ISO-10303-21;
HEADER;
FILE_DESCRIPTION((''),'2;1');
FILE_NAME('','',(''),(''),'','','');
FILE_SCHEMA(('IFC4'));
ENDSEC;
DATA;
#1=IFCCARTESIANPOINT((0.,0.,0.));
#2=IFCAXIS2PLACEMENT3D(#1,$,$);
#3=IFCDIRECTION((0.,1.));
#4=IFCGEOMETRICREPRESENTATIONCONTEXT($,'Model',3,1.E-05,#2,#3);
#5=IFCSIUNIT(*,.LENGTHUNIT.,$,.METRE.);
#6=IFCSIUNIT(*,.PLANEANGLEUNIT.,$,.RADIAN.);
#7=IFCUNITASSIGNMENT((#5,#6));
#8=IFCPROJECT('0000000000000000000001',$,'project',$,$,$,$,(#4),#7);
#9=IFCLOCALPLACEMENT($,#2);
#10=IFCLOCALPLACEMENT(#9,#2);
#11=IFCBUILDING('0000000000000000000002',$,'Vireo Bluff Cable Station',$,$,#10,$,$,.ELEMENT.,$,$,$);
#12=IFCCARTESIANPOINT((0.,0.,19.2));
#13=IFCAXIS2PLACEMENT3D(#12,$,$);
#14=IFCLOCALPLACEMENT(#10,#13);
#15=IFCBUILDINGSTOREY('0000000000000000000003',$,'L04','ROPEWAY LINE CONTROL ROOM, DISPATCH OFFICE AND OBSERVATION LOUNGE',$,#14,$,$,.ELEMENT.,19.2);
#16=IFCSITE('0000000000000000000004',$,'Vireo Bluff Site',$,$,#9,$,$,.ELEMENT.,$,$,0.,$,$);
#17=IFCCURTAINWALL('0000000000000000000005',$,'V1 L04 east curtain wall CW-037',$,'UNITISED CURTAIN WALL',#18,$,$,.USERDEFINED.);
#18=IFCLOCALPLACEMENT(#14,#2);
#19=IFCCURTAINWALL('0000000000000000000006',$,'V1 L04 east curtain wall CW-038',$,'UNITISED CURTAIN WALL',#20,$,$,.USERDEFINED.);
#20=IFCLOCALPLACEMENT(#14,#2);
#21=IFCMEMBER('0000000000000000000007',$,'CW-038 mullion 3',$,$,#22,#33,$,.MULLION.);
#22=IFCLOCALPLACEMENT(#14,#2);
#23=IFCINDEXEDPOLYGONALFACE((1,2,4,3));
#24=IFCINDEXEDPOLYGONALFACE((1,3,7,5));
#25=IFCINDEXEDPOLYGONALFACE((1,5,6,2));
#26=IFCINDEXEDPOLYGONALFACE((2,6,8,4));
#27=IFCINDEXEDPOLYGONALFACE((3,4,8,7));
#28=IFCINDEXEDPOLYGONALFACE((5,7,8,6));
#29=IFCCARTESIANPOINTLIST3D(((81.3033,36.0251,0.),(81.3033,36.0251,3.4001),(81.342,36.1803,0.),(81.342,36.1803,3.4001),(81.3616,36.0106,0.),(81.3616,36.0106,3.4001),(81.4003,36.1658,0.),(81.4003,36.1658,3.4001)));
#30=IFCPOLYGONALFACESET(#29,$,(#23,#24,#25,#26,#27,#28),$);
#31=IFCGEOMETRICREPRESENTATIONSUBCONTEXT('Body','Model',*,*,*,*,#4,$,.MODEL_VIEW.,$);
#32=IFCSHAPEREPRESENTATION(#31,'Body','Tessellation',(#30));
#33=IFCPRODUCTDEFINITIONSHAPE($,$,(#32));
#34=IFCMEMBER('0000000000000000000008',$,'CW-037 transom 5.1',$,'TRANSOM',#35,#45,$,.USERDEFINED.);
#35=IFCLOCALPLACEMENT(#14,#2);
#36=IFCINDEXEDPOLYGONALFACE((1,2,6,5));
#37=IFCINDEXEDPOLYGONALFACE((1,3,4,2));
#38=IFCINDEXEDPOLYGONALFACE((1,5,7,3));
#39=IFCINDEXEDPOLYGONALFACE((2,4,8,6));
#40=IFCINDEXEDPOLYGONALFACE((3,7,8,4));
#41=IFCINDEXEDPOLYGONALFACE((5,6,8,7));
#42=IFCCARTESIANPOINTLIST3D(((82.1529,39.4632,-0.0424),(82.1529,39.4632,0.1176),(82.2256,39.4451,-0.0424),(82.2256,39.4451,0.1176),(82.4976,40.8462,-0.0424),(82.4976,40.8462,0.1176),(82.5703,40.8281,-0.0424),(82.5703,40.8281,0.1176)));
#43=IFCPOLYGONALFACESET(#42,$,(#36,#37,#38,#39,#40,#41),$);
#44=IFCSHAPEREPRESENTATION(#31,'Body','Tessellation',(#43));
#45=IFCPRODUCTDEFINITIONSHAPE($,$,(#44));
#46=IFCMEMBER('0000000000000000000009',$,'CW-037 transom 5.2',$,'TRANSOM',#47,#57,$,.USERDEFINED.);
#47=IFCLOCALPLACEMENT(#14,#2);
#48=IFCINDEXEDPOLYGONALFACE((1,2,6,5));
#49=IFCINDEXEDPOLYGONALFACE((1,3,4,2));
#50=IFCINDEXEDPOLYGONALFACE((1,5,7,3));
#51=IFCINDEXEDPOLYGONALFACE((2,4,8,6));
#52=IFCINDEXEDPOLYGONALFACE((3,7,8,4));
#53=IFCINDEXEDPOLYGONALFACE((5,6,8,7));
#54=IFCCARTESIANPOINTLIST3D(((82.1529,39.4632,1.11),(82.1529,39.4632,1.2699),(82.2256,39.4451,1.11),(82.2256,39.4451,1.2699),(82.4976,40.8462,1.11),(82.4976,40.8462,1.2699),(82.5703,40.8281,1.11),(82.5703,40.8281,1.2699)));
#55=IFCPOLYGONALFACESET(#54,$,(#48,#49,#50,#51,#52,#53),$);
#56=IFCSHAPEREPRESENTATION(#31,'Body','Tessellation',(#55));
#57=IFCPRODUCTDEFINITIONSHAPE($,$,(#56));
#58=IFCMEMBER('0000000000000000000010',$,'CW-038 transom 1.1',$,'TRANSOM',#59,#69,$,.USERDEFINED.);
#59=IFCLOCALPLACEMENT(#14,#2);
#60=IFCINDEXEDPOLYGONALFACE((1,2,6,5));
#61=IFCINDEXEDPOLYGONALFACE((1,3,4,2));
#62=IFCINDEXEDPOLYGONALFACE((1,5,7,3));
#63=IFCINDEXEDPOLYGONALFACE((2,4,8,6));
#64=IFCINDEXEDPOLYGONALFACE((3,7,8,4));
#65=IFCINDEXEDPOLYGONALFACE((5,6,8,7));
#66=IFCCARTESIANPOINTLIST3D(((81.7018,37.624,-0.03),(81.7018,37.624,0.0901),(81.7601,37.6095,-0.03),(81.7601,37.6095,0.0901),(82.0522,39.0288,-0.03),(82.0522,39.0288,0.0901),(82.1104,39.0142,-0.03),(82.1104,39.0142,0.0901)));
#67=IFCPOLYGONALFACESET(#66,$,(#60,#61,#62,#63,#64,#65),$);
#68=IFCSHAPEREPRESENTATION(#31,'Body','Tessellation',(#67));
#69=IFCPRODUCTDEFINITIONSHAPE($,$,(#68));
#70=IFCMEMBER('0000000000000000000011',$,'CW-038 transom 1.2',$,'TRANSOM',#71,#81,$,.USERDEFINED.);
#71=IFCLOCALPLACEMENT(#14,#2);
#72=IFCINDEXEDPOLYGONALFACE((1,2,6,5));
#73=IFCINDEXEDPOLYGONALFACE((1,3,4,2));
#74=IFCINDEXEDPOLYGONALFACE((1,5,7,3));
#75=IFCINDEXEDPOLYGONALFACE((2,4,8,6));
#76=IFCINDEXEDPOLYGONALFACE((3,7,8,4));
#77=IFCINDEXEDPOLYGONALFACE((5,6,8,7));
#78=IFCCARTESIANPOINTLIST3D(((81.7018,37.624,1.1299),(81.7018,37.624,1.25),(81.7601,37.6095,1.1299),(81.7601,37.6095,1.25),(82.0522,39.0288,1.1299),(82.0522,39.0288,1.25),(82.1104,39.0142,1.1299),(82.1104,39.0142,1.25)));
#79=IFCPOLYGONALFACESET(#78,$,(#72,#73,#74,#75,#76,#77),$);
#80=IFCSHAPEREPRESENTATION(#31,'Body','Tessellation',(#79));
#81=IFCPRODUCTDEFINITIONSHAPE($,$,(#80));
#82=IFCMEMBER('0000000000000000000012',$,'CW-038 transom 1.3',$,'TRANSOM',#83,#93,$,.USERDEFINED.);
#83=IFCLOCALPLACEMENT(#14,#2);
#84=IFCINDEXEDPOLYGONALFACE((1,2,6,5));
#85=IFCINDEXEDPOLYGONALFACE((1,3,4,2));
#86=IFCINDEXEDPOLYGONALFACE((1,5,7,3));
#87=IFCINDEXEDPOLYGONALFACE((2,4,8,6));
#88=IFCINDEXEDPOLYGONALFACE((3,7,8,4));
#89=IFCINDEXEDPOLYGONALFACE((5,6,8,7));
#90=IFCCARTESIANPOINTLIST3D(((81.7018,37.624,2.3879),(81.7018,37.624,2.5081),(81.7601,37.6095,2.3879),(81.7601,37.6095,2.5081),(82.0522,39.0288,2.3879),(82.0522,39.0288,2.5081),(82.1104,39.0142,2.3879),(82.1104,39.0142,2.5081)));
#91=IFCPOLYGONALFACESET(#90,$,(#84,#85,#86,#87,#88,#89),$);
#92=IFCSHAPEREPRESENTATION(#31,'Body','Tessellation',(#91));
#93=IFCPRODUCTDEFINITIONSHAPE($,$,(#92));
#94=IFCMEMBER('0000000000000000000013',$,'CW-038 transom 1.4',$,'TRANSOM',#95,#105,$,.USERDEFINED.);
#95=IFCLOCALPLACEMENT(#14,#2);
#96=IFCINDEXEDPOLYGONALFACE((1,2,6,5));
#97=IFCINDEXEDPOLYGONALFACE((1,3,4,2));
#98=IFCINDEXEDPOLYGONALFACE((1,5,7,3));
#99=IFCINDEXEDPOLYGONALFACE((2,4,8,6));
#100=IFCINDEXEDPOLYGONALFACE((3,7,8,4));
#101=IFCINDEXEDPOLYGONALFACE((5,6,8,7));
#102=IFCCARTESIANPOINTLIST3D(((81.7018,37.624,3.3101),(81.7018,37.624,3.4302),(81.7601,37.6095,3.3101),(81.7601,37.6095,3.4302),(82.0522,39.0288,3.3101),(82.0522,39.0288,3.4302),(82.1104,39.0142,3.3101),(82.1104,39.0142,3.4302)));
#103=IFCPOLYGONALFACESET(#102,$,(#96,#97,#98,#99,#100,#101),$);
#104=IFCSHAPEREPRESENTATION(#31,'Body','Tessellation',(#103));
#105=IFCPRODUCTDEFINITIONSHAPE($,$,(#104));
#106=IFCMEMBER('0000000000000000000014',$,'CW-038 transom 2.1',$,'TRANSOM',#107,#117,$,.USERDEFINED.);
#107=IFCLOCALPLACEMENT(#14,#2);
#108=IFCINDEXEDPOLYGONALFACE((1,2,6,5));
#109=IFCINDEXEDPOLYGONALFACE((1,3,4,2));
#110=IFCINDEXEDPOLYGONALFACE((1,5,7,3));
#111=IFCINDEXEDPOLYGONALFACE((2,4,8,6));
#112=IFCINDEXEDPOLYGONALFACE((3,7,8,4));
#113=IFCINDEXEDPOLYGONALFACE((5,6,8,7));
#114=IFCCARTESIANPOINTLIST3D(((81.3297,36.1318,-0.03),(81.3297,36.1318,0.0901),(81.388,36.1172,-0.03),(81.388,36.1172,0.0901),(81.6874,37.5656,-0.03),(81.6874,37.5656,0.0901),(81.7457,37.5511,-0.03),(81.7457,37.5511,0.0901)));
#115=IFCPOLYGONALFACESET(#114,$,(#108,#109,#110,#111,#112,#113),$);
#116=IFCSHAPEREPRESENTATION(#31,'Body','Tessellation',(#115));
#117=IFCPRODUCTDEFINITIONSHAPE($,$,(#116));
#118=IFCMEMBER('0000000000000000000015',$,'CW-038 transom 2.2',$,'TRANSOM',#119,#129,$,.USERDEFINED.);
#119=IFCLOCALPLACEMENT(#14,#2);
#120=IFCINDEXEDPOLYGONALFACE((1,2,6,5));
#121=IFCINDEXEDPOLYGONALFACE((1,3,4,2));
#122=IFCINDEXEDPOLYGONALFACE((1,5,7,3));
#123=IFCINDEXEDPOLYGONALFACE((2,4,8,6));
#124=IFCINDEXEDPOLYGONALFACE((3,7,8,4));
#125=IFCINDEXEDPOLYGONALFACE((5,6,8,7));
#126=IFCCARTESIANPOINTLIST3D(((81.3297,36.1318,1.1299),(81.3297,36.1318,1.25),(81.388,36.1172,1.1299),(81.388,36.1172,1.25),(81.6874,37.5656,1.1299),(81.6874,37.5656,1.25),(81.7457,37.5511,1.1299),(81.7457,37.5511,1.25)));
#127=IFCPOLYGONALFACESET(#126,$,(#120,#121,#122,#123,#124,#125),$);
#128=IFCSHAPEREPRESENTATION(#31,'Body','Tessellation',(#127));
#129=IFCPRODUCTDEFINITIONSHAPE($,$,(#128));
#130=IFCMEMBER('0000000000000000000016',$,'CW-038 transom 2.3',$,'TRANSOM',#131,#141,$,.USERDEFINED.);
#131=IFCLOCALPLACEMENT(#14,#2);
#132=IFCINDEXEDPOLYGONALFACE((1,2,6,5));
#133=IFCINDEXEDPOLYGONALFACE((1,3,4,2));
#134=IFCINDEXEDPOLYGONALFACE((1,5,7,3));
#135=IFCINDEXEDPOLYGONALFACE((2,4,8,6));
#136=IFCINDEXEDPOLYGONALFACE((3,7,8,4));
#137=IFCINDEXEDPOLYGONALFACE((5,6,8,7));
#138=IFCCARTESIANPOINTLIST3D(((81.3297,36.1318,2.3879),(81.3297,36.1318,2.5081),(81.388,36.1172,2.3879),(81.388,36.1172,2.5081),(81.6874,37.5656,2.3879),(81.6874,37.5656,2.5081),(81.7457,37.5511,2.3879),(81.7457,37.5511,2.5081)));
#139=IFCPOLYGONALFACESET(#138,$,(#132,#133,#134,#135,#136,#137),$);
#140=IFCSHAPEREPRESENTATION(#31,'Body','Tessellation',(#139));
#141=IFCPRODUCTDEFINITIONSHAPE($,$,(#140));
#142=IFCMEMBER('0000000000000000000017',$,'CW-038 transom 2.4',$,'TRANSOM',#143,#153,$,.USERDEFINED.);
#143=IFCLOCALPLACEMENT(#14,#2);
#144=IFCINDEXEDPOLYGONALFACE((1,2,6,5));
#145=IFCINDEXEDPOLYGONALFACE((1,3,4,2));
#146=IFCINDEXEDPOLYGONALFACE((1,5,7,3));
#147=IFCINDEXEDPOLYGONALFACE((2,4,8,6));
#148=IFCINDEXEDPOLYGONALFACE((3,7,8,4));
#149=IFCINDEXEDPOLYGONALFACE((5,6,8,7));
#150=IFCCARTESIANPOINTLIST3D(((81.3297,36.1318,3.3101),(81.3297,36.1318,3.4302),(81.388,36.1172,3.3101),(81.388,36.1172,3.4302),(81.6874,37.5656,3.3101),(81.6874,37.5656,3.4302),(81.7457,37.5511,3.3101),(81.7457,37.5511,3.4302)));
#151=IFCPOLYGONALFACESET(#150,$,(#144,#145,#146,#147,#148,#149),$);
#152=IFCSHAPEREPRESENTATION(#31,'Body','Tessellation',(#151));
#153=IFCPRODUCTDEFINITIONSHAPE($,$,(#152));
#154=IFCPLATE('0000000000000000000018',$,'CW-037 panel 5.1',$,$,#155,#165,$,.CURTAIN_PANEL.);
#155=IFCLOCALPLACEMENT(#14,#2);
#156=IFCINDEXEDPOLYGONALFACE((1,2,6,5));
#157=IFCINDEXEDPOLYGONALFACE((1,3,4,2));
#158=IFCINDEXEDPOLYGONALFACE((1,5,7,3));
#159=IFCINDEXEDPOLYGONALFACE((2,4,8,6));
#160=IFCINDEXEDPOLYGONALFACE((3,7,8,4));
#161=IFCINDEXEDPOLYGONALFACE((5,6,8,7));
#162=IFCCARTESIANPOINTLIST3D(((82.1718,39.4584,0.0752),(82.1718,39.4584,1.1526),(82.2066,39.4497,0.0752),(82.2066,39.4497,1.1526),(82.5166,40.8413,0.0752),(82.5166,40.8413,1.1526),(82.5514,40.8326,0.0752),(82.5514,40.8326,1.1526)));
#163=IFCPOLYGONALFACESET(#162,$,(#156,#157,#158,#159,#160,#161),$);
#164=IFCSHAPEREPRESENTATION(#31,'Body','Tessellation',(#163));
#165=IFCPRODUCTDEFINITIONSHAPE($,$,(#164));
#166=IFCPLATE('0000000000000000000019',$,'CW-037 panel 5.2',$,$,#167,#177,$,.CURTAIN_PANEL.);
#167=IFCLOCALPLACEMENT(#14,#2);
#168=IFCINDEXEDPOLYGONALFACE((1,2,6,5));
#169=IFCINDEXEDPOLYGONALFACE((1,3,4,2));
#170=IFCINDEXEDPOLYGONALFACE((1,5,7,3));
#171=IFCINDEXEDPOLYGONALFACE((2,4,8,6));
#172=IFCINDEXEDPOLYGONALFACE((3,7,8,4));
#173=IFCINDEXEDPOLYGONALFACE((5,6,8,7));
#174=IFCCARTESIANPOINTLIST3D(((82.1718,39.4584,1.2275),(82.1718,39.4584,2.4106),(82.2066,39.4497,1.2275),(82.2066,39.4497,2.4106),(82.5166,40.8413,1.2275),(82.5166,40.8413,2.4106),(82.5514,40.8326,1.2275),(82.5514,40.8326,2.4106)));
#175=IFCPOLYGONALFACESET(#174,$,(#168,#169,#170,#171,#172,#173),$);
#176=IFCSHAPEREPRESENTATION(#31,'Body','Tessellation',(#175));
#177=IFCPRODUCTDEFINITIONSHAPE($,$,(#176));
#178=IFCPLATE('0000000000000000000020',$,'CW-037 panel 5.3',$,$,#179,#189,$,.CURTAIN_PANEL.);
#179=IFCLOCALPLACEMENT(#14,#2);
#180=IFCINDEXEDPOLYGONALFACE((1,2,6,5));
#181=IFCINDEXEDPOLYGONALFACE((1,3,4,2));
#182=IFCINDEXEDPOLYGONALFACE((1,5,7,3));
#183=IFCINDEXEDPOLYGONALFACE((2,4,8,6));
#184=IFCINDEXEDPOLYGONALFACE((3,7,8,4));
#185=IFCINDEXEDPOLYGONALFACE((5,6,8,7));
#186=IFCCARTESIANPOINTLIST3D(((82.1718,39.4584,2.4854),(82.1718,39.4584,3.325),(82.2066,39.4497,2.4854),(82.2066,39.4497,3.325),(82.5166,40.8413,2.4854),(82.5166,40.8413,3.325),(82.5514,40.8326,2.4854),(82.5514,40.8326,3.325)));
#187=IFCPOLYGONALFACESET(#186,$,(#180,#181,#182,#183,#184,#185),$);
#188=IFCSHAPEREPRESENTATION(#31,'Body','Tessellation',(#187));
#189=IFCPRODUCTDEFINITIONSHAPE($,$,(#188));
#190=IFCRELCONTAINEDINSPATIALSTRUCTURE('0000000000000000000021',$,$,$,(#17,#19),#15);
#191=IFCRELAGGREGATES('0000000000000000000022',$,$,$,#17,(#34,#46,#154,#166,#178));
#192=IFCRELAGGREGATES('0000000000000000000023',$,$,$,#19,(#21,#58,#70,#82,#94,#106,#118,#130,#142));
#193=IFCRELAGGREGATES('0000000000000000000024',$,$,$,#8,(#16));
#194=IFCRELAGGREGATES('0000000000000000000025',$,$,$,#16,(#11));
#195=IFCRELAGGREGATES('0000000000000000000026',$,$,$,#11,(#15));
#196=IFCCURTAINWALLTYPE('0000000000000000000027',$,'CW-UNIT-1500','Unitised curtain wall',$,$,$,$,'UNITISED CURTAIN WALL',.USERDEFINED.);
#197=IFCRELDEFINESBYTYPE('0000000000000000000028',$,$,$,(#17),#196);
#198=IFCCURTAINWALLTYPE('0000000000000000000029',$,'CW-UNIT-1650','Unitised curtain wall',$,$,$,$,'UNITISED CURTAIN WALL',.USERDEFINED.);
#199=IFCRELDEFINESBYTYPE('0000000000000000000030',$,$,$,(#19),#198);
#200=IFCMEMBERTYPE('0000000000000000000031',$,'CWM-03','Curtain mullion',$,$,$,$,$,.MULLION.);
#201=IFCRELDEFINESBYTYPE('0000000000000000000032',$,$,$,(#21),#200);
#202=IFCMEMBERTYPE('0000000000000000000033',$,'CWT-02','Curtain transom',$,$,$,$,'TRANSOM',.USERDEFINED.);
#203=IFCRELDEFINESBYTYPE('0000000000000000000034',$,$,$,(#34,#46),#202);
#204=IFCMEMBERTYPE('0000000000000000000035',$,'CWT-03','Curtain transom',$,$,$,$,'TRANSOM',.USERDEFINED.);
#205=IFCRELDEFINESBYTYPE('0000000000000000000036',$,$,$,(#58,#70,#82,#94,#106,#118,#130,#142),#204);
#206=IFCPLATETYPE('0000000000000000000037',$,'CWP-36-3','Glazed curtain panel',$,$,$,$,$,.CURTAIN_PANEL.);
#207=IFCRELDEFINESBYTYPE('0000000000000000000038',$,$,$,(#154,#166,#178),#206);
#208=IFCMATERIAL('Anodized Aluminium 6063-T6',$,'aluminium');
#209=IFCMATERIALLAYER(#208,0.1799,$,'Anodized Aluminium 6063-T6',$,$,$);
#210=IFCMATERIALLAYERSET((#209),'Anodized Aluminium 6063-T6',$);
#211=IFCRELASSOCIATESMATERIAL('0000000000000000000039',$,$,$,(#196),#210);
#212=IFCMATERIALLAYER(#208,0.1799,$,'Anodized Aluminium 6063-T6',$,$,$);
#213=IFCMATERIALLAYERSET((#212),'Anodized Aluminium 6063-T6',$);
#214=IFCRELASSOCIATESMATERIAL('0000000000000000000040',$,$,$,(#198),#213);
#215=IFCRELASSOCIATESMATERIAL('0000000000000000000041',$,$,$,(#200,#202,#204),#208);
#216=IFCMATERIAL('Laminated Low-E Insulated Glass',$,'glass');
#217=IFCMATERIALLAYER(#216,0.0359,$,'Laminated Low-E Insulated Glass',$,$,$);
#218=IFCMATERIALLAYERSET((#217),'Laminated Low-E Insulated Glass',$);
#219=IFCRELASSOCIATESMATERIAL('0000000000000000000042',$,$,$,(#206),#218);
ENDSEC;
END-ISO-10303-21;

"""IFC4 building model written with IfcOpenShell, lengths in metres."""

from ifc_helpers import new_model, si_unit, direction, frame, origin, origin_2d, place, context, subcontext, project, spatial, rectangle, extrude, material, layer, layer_set, material_profile, profile_set, type_object, element, aggregate, save


model = new_model("IFC4")

# Units and contexts
model_context = context("Model", 3, precision=1e-05, world=origin(), true_north=direction((0.0, 1.0)))
body_context = subcontext(model_context, "Body", "Model", "MODEL_VIEW")
ifc_project = project(units=[si_unit("LENGTHUNIT", "METRE"), si_unit("PLANEANGLEUNIT", "RADIAN")], contexts=[model_context])

# Site, building, storey
site_placement = place(None, origin())
site = spatial("IfcSite", under=ifc_project, at=site_placement, Name="Vireo Bluff Site", CompositionType="ELEMENT", RefElevation=0.0)
building_placement = place(site_placement, origin())
building = spatial("IfcBuilding", under=site, at=building_placement, Name="Vireo Bluff Cable Station", CompositionType="ELEMENT")
storey_placement = place(building_placement, frame((0.0, 0.0, 19.2)))
storey = spatial("IfcBuildingStorey", under=building, at=storey_placement, Name="L04", Description="ROPEWAY LINE CONTROL ROOM, DISPATCH OFFICE AND OBSERVATION LOUNGE", CompositionType="ELEMENT", Elevation=19.2)

# Curtain wall
ifc_material_1 = material(Name="Anodized Aluminium 6063-T6", Category="aluminium")
ifc_layer_1 = layer(ifc_material_1, 0.1799, Name="Anodized Aluminium 6063-T6")
ifc_layer_set_1 = layer_set([ifc_layer_1], Name="Anodized Aluminium 6063-T6")
curtain_wall_type_1 = type_object("IfcCurtainWallType", Name="CW-UNIT-1500", Description="Unitised curtain wall", ElementType="UNITISED CURTAIN WALL", PredefinedType="USERDEFINED", material=ifc_layer_set_1)
curtain_wall_1_placement = place(storey_placement, origin())
curtain_wall_1 = element("IfcCurtainWall", 1, at=curtain_wall_1_placement, inside=storey, type_object=curtain_wall_type_1, Name="V1 L04 east curtain wall CW-037", ObjectType="UNITISED CURTAIN WALL", PredefinedType="USERDEFINED")

# Curtain wall, member
ifc_layer_2 = layer(ifc_material_1, 0.1799, Name="Anodized Aluminium 6063-T6")
ifc_layer_set_2 = layer_set([ifc_layer_2], Name="Anodized Aluminium 6063-T6")
curtain_wall_type_2 = type_object("IfcCurtainWallType", Name="CW-UNIT-1650", Description="Unitised curtain wall", ElementType="UNITISED CURTAIN WALL", PredefinedType="USERDEFINED", material=ifc_layer_set_2)
curtain_wall_2_placement = place(storey_placement, origin())
curtain_wall_2 = element("IfcCurtainWall", 2, at=curtain_wall_2_placement, inside=storey, type_object=curtain_wall_type_2, Name="V1 L04 east curtain wall CW-038", ObjectType="UNITISED CURTAIN WALL", PredefinedType="USERDEFINED")
ifc_material_profile_1 = material_profile(ifc_material_1, rectangle(XDim=0.0601, YDim=0.1599, at=origin_2d()), Name="ALU-M-60X160")
ifc_profile_set_1 = profile_set([ifc_material_profile_1], Name="Anodized Aluminium 6063-T6")
member_type_1 = type_object("IfcMemberType", Name="CWM-03", Description="Curtain mullion", PredefinedType="MULLION", material=ifc_profile_set_1)
member_1_placement = place(storey_placement, frame((81.3518, 36.0955, 0.0), z_axis=(0.0, 0.0, 1.0), x_axis=(0.970296, -0.241922, 0.0)))
member_1 = element("IfcMember", 3, at=member_1_placement, type_object=member_type_1, Name="CW-038 mullion 3", PredefinedType="MULLION", context=body_context, shape_type="SweptSolid", body=[
    extrude(rectangle(XDim=0.0601, YDim=0.1599, at=origin_2d()), origin(), (0.0, 0.0, 1.0), 3.4001),
])

# Members
ifc_material_profile_2 = material_profile(ifc_material_1, rectangle(XDim=0.075, YDim=0.1599, at=origin_2d()), Name="ALU-T-75X160")
ifc_profile_set_2 = profile_set([ifc_material_profile_2], Name="Anodized Aluminium 6063-T6")
member_type_2 = type_object("IfcMemberType", Name="CWT-02", Description="Curtain transom", ElementType="TRANSOM", PredefinedType="USERDEFINED", material=ifc_profile_set_2)
member_2_placement = place(storey_placement, frame((82.5339, 40.8372, 0.0376), z_axis=(-0.24185, -0.970314, 0.0), x_axis=(0.970314, -0.24185, 0.0)))
member_2 = element("IfcMember", 4, at=member_2_placement, type_object=member_type_2, Name="CW-037 transom 5.1", ObjectType="TRANSOM", PredefinedType="USERDEFINED", context=body_context, shape_type="SweptSolid", body=[
    extrude(rectangle(XDim=0.075, YDim=0.1599, at=origin_2d()), origin(), (0.0, 0.0, 1.0), 1.4253),
])
member_3_placement = place(storey_placement, frame((82.5339, 40.8372, 1.1899), z_axis=(-0.24185, -0.970314, 0.0), x_axis=(0.970314, -0.24185, 0.0)))
member_3 = element("IfcMember", 5, at=member_3_placement, type_object=member_type_2, Name="CW-037 transom 5.2", ObjectType="TRANSOM", PredefinedType="USERDEFINED", context=body_context, shape_type="SweptSolid", body=[
    extrude(rectangle(XDim=0.075, YDim=0.1599, at=origin_2d()), origin(), (0.0, 0.0, 1.0), 1.4253),
])
ifc_material_profile_3 = material_profile(ifc_material_1, rectangle(XDim=0.0601, YDim=0.1201, at=origin_2d()), Name="ALU-T-60X120")
ifc_profile_set_3 = profile_set([ifc_material_profile_3], Name="Anodized Aluminium 6063-T6")
member_type_3 = type_object("IfcMemberType", Name="CWT-03", Description="Curtain transom", ElementType="TRANSOM", PredefinedType="USERDEFINED", material=ifc_profile_set_3)
member_4_placement = place(storey_placement, frame((82.0813, 39.0215, 0.03), z_axis=(-0.24198, -0.970281, 0.0), x_axis=(0.970281, -0.24198, 0.0)))
member_4 = element("IfcMember", 6, at=member_4_placement, type_object=member_type_3, Name="CW-038 transom 1.1", ObjectType="TRANSOM", PredefinedType="USERDEFINED", context=body_context, shape_type="SweptSolid", body=[
    extrude(rectangle(XDim=0.0601, YDim=0.1201, at=origin_2d()), origin(), (0.0, 0.0, 1.0), 1.4478),
])
member_5_placement = place(storey_placement, frame((82.0813, 39.0215, 1.1899), z_axis=(-0.24198, -0.970281, 0.0), x_axis=(0.970281, -0.24198, 0.0)))
member_5 = element("IfcMember", 7, at=member_5_placement, type_object=member_type_3, Name="CW-038 transom 1.2", ObjectType="TRANSOM", PredefinedType="USERDEFINED", context=body_context, shape_type="SweptSolid", body=[
    extrude(rectangle(XDim=0.0601, YDim=0.1201, at=origin_2d()), origin(), (0.0, 0.0, 1.0), 1.4478),
])
member_6_placement = place(storey_placement, frame((82.0813, 39.0215, 2.448), z_axis=(-0.24198, -0.970281, 0.0), x_axis=(0.970281, -0.24198, 0.0)))
member_6 = element("IfcMember", 8, at=member_6_placement, type_object=member_type_3, Name="CW-038 transom 1.3", ObjectType="TRANSOM", PredefinedType="USERDEFINED", context=body_context, shape_type="SweptSolid", body=[
    extrude(rectangle(XDim=0.0601, YDim=0.1201, at=origin_2d()), origin(), (0.0, 0.0, 1.0), 1.4478),
])
member_7_placement = place(storey_placement, frame((82.0813, 39.0215, 3.3701), z_axis=(-0.24198, -0.970281, 0.0), x_axis=(0.970281, -0.24198, 0.0)))
member_7 = element("IfcMember", 9, at=member_7_placement, type_object=member_type_3, Name="CW-038 transom 1.4", ObjectType="TRANSOM", PredefinedType="USERDEFINED", context=body_context, shape_type="SweptSolid", body=[
    extrude(rectangle(XDim=0.0601, YDim=0.1201, at=origin_2d()), origin(), (0.0, 0.0, 1.0), 1.4478),
])
member_8_placement = place(storey_placement, frame((81.7166, 37.5583, 0.03), z_axis=(-0.24203, -0.970269, 0.0), x_axis=(0.970269, -0.24203, 0.0)))
member_8 = element("IfcMember", 10, at=member_8_placement, type_object=member_type_3, Name="CW-038 transom 2.1", ObjectType="TRANSOM", PredefinedType="USERDEFINED", context=body_context, shape_type="SweptSolid", body=[
    extrude(rectangle(XDim=0.0601, YDim=0.1201, at=origin_2d()), origin(), (0.0, 0.0, 1.0), 1.4778),
])
member_9_placement = place(storey_placement, frame((81.7166, 37.5583, 1.1899), z_axis=(-0.24203, -0.970269, 0.0), x_axis=(0.970269, -0.24203, 0.0)))
member_9 = element("IfcMember", 11, at=member_9_placement, type_object=member_type_3, Name="CW-038 transom 2.2", ObjectType="TRANSOM", PredefinedType="USERDEFINED", context=body_context, shape_type="SweptSolid", body=[
    extrude(rectangle(XDim=0.0601, YDim=0.1201, at=origin_2d()), origin(), (0.0, 0.0, 1.0), 1.4778),
])
member_10_placement = place(storey_placement, frame((81.7166, 37.5583, 2.448), z_axis=(-0.24203, -0.970269, 0.0), x_axis=(0.970269, -0.24203, 0.0)))
member_10 = element("IfcMember", 12, at=member_10_placement, type_object=member_type_3, Name="CW-038 transom 2.3", ObjectType="TRANSOM", PredefinedType="USERDEFINED", context=body_context, shape_type="SweptSolid", body=[
    extrude(rectangle(XDim=0.0601, YDim=0.1201, at=origin_2d()), origin(), (0.0, 0.0, 1.0), 1.4778),
])
member_11_placement = place(storey_placement, frame((81.7166, 37.5583, 3.3701), z_axis=(-0.24203, -0.970269, 0.0), x_axis=(0.970269, -0.24203, 0.0)))
member_11 = element("IfcMember", 13, at=member_11_placement, type_object=member_type_3, Name="CW-038 transom 2.4", ObjectType="TRANSOM", PredefinedType="USERDEFINED", context=body_context, shape_type="SweptSolid", body=[
    extrude(rectangle(XDim=0.0601, YDim=0.1201, at=origin_2d()), origin(), (0.0, 0.0, 1.0), 1.4778),
])

# Plates
ifc_material_2 = material(Name="Laminated Low-E Insulated Glass", Category="glass")
ifc_layer_3 = layer(ifc_material_2, 0.0359, Name="Laminated Low-E Insulated Glass")
ifc_layer_set_3 = layer_set([ifc_layer_3], Name="Laminated Low-E Insulated Glass")
plate_type_1 = type_object("IfcPlateType", Name="CWP-36-3", Description="Glazed curtain panel", PredefinedType="CURTAIN_PANEL", material=ifc_layer_set_3)
plate_1_placement = place(storey_placement, frame((82.3616, 40.1455, 0.0752), z_axis=(0.0, 0.0, 1.0), x_axis=(-0.241922, -0.970296, 0.0)))
plate_1 = element("IfcPlate", 14, at=plate_1_placement, type_object=plate_type_1, Name="CW-037 panel 5.1", PredefinedType="CURTAIN_PANEL", context=body_context, shape_type="SweptSolid", body=[
    extrude(rectangle(XDim=1.4253, YDim=0.0359, at=origin_2d()), origin(), (0.0, 0.0, 1.0), 1.0774),
])
plate_2_placement = place(storey_placement, frame((82.3616, 40.1455, 1.2275), z_axis=(0.0, 0.0, 1.0), x_axis=(-0.241922, -0.970296, 0.0)))
plate_2 = element("IfcPlate", 15, at=plate_2_placement, type_object=plate_type_1, Name="CW-037 panel 5.2", PredefinedType="CURTAIN_PANEL", context=body_context, shape_type="SweptSolid", body=[
    extrude(rectangle(XDim=1.4253, YDim=0.0359, at=origin_2d()), origin(), (0.0, 0.0, 1.0), 1.1831),
])
plate_3_placement = place(storey_placement, frame((82.3616, 40.1455, 2.4854), z_axis=(0.0, 0.0, 1.0), x_axis=(-0.241922, -0.970296, 0.0)))
plate_3 = element("IfcPlate", 16, at=plate_3_placement, type_object=plate_type_1, Name="CW-037 panel 5.3", PredefinedType="CURTAIN_PANEL", context=body_context, shape_type="SweptSolid", body=[
    extrude(rectangle(XDim=1.4253, YDim=0.0359, at=origin_2d()), origin(), (0.0, 0.0, 1.0), 0.8396),
])
aggregate(curtain_wall_1, [member_2, member_3, plate_1, plate_2, plate_3])
aggregate(curtain_wall_2, [member_1, member_4, member_5, member_6, member_7, member_8, member_9, member_10, member_11])

save(model, "model.ifc")
